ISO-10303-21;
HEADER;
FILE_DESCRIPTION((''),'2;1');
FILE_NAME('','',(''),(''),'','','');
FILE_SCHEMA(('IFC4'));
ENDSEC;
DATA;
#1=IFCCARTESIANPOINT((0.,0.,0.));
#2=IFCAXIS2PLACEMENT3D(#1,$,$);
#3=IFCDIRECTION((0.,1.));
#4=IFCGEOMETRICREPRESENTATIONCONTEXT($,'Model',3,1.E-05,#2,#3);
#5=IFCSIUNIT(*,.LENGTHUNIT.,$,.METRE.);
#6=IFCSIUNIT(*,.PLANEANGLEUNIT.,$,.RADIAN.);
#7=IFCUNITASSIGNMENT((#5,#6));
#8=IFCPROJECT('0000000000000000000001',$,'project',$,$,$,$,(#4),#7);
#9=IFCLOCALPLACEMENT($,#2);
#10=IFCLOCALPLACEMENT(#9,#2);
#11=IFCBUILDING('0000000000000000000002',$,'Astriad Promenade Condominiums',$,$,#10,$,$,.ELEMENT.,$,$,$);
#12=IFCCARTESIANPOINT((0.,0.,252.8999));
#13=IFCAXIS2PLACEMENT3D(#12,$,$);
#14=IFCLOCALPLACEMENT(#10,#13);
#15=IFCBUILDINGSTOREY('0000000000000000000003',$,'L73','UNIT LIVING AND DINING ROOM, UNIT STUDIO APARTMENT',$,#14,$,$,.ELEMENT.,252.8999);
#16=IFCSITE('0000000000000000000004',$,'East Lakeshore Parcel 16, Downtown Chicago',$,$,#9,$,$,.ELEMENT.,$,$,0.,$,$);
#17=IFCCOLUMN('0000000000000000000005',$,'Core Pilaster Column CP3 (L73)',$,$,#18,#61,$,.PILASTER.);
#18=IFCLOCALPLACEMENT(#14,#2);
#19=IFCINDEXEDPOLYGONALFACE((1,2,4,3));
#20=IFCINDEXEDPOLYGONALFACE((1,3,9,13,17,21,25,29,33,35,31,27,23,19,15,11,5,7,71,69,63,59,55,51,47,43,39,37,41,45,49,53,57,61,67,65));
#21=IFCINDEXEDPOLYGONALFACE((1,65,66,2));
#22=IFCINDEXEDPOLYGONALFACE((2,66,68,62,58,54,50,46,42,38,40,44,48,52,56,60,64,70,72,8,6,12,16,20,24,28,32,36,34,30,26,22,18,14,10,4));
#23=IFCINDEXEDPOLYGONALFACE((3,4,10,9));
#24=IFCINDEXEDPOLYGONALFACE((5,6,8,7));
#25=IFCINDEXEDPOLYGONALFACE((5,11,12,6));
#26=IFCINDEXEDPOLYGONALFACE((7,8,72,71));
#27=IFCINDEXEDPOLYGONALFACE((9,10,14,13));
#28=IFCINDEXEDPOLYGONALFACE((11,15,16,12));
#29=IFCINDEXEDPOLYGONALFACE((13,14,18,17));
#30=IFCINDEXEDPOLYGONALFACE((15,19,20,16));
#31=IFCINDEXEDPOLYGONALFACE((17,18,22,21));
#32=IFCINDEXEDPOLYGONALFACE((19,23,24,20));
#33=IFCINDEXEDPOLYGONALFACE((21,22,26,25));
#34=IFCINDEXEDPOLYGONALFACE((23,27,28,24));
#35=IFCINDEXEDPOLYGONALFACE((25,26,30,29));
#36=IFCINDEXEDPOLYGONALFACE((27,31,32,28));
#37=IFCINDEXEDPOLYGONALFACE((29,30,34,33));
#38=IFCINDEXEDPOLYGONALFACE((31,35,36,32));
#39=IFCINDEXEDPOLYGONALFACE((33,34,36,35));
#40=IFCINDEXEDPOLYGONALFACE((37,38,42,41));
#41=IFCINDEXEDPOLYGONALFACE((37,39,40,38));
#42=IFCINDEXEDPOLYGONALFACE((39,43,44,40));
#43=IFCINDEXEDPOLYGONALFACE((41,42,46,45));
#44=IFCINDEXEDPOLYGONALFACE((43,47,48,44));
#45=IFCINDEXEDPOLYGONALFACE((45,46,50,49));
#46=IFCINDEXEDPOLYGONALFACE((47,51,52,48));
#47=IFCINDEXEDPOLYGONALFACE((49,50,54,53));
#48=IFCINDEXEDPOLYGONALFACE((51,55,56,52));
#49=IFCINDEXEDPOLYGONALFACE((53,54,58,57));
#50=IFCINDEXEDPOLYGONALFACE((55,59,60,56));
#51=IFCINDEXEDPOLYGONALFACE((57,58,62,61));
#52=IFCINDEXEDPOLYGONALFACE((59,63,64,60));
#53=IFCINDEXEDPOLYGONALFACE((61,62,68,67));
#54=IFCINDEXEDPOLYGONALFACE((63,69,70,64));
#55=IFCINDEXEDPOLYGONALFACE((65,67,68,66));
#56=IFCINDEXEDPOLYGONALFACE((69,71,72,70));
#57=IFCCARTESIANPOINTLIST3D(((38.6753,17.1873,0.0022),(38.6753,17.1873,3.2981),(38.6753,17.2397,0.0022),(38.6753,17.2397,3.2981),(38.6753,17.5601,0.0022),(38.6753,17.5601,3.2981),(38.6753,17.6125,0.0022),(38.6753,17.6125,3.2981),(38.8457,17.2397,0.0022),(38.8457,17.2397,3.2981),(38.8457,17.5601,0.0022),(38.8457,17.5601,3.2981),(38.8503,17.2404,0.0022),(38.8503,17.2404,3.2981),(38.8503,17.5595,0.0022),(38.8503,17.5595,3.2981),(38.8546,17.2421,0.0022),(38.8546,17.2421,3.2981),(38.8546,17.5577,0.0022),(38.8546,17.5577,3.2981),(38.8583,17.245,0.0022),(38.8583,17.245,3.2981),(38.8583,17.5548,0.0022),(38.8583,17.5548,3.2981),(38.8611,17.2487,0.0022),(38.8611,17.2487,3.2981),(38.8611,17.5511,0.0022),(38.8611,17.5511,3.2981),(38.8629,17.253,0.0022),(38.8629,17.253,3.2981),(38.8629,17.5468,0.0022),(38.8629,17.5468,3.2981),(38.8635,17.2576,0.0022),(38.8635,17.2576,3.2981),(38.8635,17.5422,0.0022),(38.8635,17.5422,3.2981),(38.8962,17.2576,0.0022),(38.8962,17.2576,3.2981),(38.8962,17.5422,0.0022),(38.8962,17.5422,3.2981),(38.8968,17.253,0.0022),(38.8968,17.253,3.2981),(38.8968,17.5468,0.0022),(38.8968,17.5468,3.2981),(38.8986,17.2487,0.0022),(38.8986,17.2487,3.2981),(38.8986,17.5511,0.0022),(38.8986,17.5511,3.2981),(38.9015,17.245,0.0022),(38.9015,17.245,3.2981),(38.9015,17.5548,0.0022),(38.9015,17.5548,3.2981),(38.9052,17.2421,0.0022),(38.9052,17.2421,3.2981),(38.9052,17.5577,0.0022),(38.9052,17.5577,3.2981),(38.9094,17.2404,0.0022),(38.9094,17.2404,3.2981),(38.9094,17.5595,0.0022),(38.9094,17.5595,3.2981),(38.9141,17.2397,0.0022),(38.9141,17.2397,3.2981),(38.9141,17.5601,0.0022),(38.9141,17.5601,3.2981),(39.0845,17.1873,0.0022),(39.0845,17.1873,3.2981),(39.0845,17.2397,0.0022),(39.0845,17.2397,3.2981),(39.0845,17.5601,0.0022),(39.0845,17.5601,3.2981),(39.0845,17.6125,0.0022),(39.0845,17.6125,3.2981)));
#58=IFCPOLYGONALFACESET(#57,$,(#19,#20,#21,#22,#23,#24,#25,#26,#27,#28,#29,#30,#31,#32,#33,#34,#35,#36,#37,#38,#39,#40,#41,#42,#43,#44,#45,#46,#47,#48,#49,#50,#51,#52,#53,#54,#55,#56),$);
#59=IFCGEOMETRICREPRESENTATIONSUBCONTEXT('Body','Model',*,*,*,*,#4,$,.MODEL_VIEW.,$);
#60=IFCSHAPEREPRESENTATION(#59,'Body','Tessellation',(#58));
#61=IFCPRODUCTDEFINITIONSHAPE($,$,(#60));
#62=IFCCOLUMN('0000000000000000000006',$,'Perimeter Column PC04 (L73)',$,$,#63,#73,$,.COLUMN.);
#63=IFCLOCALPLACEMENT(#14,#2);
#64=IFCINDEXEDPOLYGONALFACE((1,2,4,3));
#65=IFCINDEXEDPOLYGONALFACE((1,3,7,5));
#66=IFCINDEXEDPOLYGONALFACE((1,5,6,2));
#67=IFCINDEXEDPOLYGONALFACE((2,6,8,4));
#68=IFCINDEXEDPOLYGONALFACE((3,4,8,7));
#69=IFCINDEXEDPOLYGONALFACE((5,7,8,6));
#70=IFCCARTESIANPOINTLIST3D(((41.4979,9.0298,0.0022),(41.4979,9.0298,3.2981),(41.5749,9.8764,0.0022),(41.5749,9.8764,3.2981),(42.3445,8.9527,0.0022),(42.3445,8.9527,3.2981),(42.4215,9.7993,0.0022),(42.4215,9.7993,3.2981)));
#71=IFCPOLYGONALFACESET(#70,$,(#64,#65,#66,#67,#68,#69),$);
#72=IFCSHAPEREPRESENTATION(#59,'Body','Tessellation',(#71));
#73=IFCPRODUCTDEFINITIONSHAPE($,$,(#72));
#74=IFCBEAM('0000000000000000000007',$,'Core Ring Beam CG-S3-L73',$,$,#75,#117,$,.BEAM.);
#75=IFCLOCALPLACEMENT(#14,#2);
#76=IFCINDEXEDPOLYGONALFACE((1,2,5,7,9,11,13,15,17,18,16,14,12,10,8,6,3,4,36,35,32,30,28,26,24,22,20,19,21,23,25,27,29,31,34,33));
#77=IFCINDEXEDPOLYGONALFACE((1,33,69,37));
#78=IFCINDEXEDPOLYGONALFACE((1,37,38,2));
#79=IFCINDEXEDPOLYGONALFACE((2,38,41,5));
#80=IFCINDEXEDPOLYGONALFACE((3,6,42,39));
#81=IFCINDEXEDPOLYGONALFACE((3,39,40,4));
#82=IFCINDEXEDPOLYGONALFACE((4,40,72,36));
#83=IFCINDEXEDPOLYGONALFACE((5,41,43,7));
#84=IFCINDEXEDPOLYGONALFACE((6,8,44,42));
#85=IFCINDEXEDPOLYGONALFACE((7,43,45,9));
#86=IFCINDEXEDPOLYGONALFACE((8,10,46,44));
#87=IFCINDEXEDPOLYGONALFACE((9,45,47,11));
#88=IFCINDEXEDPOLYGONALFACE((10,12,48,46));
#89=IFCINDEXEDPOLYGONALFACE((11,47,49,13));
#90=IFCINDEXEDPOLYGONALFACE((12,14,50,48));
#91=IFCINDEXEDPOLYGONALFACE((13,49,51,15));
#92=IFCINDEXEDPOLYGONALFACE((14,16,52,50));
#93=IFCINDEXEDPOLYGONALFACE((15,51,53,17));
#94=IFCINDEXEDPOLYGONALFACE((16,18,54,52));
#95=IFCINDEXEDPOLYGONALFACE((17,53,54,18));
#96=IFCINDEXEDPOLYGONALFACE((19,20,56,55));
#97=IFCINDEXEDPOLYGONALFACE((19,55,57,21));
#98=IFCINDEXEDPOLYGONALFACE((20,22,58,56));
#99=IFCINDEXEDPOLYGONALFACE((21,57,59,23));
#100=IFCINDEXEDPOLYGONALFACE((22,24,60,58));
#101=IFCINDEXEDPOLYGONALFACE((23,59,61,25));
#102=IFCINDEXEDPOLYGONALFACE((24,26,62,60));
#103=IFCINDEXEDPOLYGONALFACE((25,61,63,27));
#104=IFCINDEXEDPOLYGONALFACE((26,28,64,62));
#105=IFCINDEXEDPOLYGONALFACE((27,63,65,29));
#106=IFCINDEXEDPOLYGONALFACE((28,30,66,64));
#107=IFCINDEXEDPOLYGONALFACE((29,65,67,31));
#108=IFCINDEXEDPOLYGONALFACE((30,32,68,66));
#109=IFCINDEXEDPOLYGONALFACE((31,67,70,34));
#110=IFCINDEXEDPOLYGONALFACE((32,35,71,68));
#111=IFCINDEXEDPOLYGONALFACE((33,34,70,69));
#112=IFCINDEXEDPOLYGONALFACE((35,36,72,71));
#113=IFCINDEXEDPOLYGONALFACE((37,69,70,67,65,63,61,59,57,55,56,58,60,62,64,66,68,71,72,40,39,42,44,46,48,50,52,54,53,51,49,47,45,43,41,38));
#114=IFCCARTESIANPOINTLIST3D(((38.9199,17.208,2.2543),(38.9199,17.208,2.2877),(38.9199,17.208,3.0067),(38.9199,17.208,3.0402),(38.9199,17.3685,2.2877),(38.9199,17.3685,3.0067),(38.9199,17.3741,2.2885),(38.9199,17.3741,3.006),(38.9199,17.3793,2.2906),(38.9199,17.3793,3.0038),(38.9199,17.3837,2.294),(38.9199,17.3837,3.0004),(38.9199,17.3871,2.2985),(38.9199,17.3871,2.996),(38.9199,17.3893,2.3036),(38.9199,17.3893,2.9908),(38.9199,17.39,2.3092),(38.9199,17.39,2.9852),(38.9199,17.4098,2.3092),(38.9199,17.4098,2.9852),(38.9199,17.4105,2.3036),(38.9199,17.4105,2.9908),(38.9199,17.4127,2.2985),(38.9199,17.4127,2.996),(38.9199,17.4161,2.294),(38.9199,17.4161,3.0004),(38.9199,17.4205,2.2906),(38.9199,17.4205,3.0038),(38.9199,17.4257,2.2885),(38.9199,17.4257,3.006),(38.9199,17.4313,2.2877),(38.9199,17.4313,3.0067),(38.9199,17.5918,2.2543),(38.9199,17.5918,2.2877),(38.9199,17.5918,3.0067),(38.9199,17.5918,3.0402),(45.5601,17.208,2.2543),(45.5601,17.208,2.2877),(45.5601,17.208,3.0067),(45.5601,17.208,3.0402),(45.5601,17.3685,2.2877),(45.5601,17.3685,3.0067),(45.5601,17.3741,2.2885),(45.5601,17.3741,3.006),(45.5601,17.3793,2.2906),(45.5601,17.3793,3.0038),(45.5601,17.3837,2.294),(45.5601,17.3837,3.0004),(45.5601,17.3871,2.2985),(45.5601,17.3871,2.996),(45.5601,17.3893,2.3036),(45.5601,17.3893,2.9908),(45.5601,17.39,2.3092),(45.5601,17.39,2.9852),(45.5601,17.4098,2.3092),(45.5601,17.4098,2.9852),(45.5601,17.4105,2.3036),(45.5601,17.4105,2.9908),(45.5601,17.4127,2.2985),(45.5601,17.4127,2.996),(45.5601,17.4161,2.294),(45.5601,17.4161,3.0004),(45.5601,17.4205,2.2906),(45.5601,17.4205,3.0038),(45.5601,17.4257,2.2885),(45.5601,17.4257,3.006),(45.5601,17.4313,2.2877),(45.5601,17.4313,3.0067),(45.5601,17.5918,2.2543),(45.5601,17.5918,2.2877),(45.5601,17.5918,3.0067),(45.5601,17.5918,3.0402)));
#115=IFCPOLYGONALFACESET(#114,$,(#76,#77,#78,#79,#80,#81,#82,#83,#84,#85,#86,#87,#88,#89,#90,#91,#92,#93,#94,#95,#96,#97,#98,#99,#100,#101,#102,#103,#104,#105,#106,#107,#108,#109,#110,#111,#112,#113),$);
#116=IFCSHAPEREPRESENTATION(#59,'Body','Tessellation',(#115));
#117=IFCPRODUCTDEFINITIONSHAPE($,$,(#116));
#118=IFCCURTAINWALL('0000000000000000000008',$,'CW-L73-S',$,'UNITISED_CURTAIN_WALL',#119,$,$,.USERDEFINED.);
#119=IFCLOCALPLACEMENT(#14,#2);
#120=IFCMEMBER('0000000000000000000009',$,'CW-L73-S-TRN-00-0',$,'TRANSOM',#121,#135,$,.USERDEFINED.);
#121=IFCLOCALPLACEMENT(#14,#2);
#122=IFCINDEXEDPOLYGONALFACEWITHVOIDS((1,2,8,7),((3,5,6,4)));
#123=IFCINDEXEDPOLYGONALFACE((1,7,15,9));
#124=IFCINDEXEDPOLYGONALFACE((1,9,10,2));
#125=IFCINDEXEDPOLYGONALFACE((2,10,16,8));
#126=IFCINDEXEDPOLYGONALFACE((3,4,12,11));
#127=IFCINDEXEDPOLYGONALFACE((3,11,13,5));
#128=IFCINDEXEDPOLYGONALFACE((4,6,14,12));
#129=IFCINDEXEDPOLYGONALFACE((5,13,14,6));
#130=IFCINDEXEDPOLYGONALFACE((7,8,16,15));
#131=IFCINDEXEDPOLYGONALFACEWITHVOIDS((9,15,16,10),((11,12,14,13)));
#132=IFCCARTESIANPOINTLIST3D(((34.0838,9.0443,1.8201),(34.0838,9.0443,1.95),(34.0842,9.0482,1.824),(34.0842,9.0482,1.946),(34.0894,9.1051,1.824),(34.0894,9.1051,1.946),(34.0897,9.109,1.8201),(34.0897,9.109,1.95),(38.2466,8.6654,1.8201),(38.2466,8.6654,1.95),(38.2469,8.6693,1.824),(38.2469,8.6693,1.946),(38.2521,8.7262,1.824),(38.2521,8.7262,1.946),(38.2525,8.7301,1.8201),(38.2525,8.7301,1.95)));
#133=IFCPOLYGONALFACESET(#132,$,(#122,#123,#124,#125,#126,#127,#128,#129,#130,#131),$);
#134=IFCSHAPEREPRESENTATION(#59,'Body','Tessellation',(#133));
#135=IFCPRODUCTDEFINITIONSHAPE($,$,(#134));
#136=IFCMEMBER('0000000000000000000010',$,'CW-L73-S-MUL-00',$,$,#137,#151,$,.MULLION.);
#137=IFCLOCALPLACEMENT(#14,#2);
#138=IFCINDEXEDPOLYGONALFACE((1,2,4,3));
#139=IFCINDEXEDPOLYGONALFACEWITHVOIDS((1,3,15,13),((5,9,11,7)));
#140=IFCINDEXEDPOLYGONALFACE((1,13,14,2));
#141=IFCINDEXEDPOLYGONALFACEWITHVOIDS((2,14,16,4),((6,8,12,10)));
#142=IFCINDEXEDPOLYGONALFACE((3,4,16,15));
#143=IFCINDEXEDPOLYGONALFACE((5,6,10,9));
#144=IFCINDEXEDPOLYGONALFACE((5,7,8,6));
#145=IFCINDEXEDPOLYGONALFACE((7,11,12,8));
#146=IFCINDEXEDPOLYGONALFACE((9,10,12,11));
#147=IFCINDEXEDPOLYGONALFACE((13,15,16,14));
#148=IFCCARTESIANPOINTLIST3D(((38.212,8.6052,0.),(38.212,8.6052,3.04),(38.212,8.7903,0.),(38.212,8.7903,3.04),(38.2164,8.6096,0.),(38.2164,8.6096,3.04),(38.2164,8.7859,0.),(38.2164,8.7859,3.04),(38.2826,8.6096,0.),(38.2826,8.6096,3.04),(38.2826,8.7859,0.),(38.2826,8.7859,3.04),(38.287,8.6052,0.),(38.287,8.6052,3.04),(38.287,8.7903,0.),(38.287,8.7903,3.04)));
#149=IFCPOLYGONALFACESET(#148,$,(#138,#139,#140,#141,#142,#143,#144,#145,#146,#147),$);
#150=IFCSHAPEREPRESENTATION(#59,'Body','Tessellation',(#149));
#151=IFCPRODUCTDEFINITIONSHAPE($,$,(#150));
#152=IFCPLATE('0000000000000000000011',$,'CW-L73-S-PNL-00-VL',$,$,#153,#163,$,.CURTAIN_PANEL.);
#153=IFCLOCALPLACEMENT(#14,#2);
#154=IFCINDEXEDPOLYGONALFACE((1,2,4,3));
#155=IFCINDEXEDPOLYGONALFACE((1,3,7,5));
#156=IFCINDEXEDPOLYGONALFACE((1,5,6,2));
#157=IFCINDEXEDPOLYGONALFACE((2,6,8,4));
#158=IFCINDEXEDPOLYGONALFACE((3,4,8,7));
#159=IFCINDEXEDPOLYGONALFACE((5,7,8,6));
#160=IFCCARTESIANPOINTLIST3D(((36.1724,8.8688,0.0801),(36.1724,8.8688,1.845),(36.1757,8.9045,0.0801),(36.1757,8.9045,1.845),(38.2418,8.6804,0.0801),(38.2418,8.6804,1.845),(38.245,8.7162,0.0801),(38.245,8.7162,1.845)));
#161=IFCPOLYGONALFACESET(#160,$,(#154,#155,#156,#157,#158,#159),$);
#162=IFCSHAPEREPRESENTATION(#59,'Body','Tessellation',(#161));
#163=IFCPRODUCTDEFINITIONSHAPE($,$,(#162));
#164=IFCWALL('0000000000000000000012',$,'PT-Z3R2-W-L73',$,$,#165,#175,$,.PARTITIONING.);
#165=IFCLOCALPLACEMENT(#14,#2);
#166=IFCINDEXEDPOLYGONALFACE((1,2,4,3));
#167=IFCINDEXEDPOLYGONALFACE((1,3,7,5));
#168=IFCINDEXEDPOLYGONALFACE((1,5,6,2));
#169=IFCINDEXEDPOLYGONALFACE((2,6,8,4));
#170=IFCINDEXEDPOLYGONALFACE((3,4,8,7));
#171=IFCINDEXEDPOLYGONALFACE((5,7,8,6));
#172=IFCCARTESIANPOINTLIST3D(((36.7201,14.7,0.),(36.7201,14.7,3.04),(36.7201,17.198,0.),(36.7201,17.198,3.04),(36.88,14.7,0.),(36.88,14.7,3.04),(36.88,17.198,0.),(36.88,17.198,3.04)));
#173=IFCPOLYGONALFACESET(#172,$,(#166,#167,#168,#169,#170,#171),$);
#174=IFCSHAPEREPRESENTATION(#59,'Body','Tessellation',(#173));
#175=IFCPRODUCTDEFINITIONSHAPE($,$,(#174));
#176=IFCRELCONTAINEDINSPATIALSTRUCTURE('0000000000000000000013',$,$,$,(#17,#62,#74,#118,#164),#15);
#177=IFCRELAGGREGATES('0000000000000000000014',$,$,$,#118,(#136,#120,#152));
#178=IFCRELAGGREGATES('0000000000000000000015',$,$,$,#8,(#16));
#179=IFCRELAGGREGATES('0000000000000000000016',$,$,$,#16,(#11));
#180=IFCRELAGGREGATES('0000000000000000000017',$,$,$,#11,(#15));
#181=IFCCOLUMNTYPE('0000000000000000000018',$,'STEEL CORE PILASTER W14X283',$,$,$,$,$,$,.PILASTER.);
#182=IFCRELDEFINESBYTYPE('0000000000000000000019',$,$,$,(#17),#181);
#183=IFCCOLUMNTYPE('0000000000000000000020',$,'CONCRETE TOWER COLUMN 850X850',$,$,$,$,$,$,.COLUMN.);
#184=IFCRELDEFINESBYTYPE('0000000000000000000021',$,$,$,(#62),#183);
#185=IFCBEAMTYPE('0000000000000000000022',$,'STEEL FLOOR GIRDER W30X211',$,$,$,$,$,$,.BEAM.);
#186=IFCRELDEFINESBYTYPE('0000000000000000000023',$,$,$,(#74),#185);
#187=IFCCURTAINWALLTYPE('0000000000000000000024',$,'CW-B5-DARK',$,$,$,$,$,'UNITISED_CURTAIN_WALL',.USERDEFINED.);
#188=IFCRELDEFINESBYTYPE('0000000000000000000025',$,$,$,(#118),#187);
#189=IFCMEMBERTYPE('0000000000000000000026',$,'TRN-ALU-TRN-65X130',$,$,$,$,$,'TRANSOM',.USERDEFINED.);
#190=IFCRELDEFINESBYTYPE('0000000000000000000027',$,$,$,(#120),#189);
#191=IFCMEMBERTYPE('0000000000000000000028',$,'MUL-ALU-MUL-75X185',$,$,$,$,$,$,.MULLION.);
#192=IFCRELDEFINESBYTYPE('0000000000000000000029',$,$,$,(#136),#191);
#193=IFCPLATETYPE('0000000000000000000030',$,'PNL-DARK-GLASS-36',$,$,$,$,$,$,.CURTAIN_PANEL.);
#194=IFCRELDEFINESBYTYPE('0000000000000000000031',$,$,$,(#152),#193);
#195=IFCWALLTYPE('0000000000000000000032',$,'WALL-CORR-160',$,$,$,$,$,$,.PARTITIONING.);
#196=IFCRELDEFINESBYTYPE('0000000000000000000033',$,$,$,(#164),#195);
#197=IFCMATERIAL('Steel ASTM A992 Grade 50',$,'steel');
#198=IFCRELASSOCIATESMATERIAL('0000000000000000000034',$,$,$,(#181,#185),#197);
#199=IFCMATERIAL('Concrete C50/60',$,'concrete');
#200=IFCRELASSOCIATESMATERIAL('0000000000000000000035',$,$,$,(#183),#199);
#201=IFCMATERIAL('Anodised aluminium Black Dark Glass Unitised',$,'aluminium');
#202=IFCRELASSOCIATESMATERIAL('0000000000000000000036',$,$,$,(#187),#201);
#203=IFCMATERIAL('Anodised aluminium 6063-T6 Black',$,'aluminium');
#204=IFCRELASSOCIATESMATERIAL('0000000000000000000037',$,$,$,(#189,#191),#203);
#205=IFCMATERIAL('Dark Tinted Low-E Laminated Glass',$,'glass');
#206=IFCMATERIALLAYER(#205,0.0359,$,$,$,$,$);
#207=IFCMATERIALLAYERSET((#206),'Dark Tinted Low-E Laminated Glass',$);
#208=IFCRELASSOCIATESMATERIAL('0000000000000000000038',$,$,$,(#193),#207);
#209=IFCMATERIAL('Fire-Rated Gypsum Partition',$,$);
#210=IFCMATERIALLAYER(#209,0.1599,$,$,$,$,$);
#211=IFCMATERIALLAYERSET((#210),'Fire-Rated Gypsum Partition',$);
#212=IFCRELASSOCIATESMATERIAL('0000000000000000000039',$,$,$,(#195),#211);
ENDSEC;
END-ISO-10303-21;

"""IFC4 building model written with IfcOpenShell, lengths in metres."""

from ifc_helpers import new_model, si_unit, direction, frame, frame_2d, origin, origin_2d, place, context, subcontext, project, spatial, rectangle, hollow_rectangle, i_section, extrude, source, transform, mapped, material, layer, layer_set, material_profile, profile_set, type_object, type_shapes, element, aggregate, save


model = new_model("IFC4")

# Units and contexts
model_context = context("Model", 3, precision=1e-05, world=origin(), true_north=direction((0.0, 1.0)))
body_context = subcontext(model_context, "Body", "Model", "MODEL_VIEW")
ifc_project = project(units=[si_unit("LENGTHUNIT", "METRE"), si_unit("PLANEANGLEUNIT", "RADIAN")], contexts=[model_context])

# Site, building, storey
site_placement = place(None, origin())
site = spatial("IfcSite", under=ifc_project, at=site_placement, Name="East Lakeshore Parcel 16, Downtown Chicago", CompositionType="ELEMENT", RefElevation=0.0)
building_placement = place(site_placement, origin())
building = spatial("IfcBuilding", under=site, at=building_placement, Name="Astriad Promenade Condominiums", CompositionType="ELEMENT")
storey_placement = place(building_placement, frame((0.0, 0.0, 252.8999)))
storey = spatial("IfcBuildingStorey", under=building, at=storey_placement, Name="L73", Description="UNIT LIVING AND DINING ROOM, UNIT STUDIO APARTMENT", CompositionType="ELEMENT", Elevation=252.8999)

# Columns
ifc_material_1 = material(Name="Steel ASTM A992 Grade 50", Category="steel")
ifc_material_profile_1 = material_profile(ifc_material_1, i_section(OverallWidth=0.4092, OverallDepth=0.4253, WebThickness=0.0327, FlangeThickness=0.0525, FilletRadius=0.0178, at=origin_2d()), Name="W14X283")
ifc_profile_set_1 = profile_set([ifc_material_profile_1], Name="Steel ASTM A992 Grade 50")
column_type_1 = type_object("IfcColumnType", Name="STEEL CORE PILASTER W14X283", PredefinedType="PILASTER", material=ifc_profile_set_1)
shared_shape_1 = source(origin(), body_context, "Body", "SweptSolid", [
    extrude(i_section(OverallWidth=0.4092, OverallDepth=0.4253, WebThickness=0.0327, FlangeThickness=0.0525, FilletRadius=0.0178, at=origin_2d()), origin(), (0.0, 0.0, 1.0), 3.2959),
])
type_shapes(column_type_1, [shared_shape_1])
column_1_placement = place(storey_placement, frame((38.8799, 17.3999, 0.0022), z_axis=(0.0, 0.0, 1.0), x_axis=(1.0, 0.0, 0.0)))
element("IfcColumn", 1, at=column_1_placement, inside=storey, type_object=column_type_1, Name="Core Pilaster Column CP3 (L73)", PredefinedType="PILASTER", context=body_context, shape_type="MappedRepresentation", body=[
    mapped(shared_shape_1, transform((0.0, 0.0, 0.0), scale=1.0)),
])
ifc_material_2 = material(Name="Concrete C50/60", Category="concrete")
ifc_material_profile_2 = material_profile(ifc_material_2, rectangle(XDim=0.8501, YDim=0.8501, at=origin_2d()), Name="RC-COL-850X850")
ifc_profile_set_2 = profile_set([ifc_material_profile_2], Name="Concrete C50/60")
column_type_2 = type_object("IfcColumnType", Name="CONCRETE TOWER COLUMN 850X850", PredefinedType="COLUMN", material=ifc_profile_set_2)
shared_shape_2 = source(origin(), body_context, "Body", "SweptSolid", [
    extrude(rectangle(XDim=0.8501, YDim=0.8501, at=origin_2d()), origin(), (0.0, 0.0, 1.0), 3.2959),
])
type_shapes(column_type_2, [shared_shape_2])
column_2_placement = place(storey_placement, frame((41.9597, 9.4146, 0.0022), z_axis=(0.0, 0.0, 1.0), x_axis=(0.995884, -0.090633, 0.0)))
element("IfcColumn", 2, at=column_2_placement, inside=storey, type_object=column_type_2, Name="Perimeter Column PC04 (L73)", PredefinedType="COLUMN", context=body_context, shape_type="MappedRepresentation", body=[
    mapped(shared_shape_2, transform((0.0, 0.0, 0.0), scale=1.0)),
])

# Beam
ifc_material_profile_3 = material_profile(ifc_material_1, i_section(OverallWidth=0.3838, OverallDepth=0.7859, WebThickness=0.0198, FlangeThickness=0.0334, FilletRadius=0.0215, at=origin_2d()), Name="W30X211")
ifc_profile_set_3 = profile_set([ifc_material_profile_3], Name="Steel ASTM A992 Grade 50")
beam_type = type_object("IfcBeamType", Name="STEEL FLOOR GIRDER W30X211", PredefinedType="BEAM", material=ifc_profile_set_3)
shared_shape_3 = source(origin(), body_context, "Body", "SweptSolid", [
    extrude(i_section(OverallWidth=0.3838, OverallDepth=0.7859, WebThickness=0.0198, FlangeThickness=0.0334, FilletRadius=0.0215, at=origin_2d()), origin(), (0.0, 0.0, 1.0), 6.6401),
])
type_shapes(beam_type, [shared_shape_3])
beam_placement = place(storey_placement, frame((38.9199, 17.3999, 2.6472), z_axis=(1.0, 0.0, 0.0), x_axis=(0.0, 1.0, 0.0)))
element("IfcBeam", 3, at=beam_placement, inside=storey, type_object=beam_type, Name="Core Ring Beam CG-S3-L73", PredefinedType="BEAM", context=body_context, shape_type="MappedRepresentation", body=[
    mapped(shared_shape_3, transform((0.0, 0.0, 0.0), scale=1.0)),
])

# Curtain wall, members, plate
ifc_material_3 = material(Name="Anodised aluminium Black Dark Glass Unitised", Category="aluminium")
curtain_wall_type = type_object("IfcCurtainWallType", Name="CW-B5-DARK", ElementType="UNITISED_CURTAIN_WALL", PredefinedType="USERDEFINED", material=ifc_material_3)
curtain_wall_placement = place(storey_placement, origin())
curtain_wall = element("IfcCurtainWall", 4, at=curtain_wall_placement, inside=storey, type_object=curtain_wall_type, Name="CW-L73-S", ObjectType="UNITISED_CURTAIN_WALL", PredefinedType="USERDEFINED")
ifc_material_4 = material(Name="Anodised aluminium 6063-T6 Black", Category="aluminium")
ifc_material_profile_4 = material_profile(ifc_material_4, hollow_rectangle(XDim=0.0649, YDim=0.1299, WallThickness=0.0039, at=origin_2d()), Name="ALU-TRN-65X130")
ifc_profile_set_4 = profile_set([ifc_material_profile_4], Name="Anodised aluminium 6063-T6 Black")
member_type_1 = type_object("IfcMemberType", Name="TRN-ALU-TRN-65X130", ElementType="TRANSOM", PredefinedType="USERDEFINED", material=ifc_profile_set_4)
shared_shape_4 = source(origin(), body_context, "Body", "SweptSolid", [
    extrude(hollow_rectangle(XDim=0.0649, YDim=0.1299, WallThickness=0.0039, at=origin_2d()), origin(), (0.0, 0.0, 1.0), 4.1799),
])
type_shapes(member_type_1, [shared_shape_4])
member_1_placement = place(storey_placement, frame((38.2495, 8.6978, 1.885), z_axis=(-0.995883, 0.090646, 0.0), x_axis=(-0.090646, -0.995883, 0.0)))
member_1 = element("IfcMember", 5, at=member_1_placement, type_object=member_type_1, Name="CW-L73-S-TRN-00-0", ObjectType="TRANSOM", PredefinedType="USERDEFINED", context=body_context, shape_type="MappedRepresentation", body=[
    mapped(shared_shape_4, transform((0.0, 0.0, 0.0), scale=1.0)),
])
ifc_material_profile_5 = material_profile(ifc_material_4, hollow_rectangle(XDim=0.075, YDim=0.1851, WallThickness=0.0044, at=origin_2d()), Name="ALU-MUL-75X185")
ifc_profile_set_5 = profile_set([ifc_material_profile_5], Name="Anodised aluminium 6063-T6 Black")
member_type_2 = type_object("IfcMemberType", Name="MUL-ALU-MUL-75X185", PredefinedType="MULLION", material=ifc_profile_set_5)
shared_shape_5 = source(origin(), body_context, "Body", "SweptSolid", [
    extrude(hollow_rectangle(XDim=0.075, YDim=0.1851, WallThickness=0.0044, at=origin_2d()), origin(), (0.0, 0.0, 1.0), 3.04),
])
type_shapes(member_type_2, [shared_shape_5])
member_2_placement = place(storey_placement, frame((38.2495, 8.6978, 0.0), z_axis=(0.0, 0.0, 1.0), x_axis=(1.0, 0.0, 0.0)))
member_2 = element("IfcMember", 6, at=member_2_placement, type_object=member_type_2, Name="CW-L73-S-MUL-00", PredefinedType="MULLION", context=body_context, shape_type="MappedRepresentation", body=[
    mapped(shared_shape_5, transform((0.0, 0.0, 0.0), scale=1.0)),
])
ifc_material_5 = material(Name="Dark Tinted Low-E Laminated Glass", Category="glass")
ifc_layer_1 = layer(ifc_material_5, 0.0359)
ifc_layer_set_1 = layer_set([ifc_layer_1], Name="Dark Tinted Low-E Laminated Glass")
plate_type = type_object("IfcPlateType", Name="PNL-DARK-GLASS-36", PredefinedType="CURTAIN_PANEL", material=ifc_layer_set_1)
shared_shape_6 = source(origin(), body_context, "Body", "SweptSolid", [
    extrude(rectangle(XDim=2.0779, YDim=0.0359, at=origin_2d()), origin(), (0.0, 0.0, 1.0), 1.7649),
])
type_shapes(plate_type, [shared_shape_6])
plate_placement = place(storey_placement, frame((37.2087, 8.7925, 0.0801), z_axis=(0.0, 0.0, 1.0), x_axis=(-0.995884, 0.090633, 0.0)))
plate = element("IfcPlate", 7, at=plate_placement, type_object=plate_type, Name="CW-L73-S-PNL-00-VL", PredefinedType="CURTAIN_PANEL", context=body_context, shape_type="MappedRepresentation", body=[
    mapped(shared_shape_6, transform((0.0, 0.0, 0.0), scale=1.0)),
])
aggregate(curtain_wall, [member_2, member_1, plate])

# Wall
ifc_material_6 = material(Name="Fire-Rated Gypsum Partition")
ifc_layer_2 = layer(ifc_material_6, 0.1599)
ifc_layer_set_2 = layer_set([ifc_layer_2], Name="Fire-Rated Gypsum Partition")
wall_type_1 = type_object("IfcWallType", Name="WALL-CORR-160", PredefinedType="PARTITIONING", material=ifc_layer_set_2)
wall_1_placement = place(storey_placement, frame((36.8, 14.7, 0.0), z_axis=(0.0, 0.0, 1.0), x_axis=(0.0, 1.0, 0.0)))
element("IfcWall", 8, at=wall_1_placement, inside=storey, type_object=wall_type_1, Name="PT-Z3R2-W-L73", PredefinedType="PARTITIONING", context=body_context, shape_type="SweptSolid", body=[
    extrude(rectangle(XDim=2.498, YDim=0.1599, at=frame_2d((1.249, 0.0))), origin(), (0.0, 0.0, 1.0), 3.04),
])

save(model, "model.ifc")
